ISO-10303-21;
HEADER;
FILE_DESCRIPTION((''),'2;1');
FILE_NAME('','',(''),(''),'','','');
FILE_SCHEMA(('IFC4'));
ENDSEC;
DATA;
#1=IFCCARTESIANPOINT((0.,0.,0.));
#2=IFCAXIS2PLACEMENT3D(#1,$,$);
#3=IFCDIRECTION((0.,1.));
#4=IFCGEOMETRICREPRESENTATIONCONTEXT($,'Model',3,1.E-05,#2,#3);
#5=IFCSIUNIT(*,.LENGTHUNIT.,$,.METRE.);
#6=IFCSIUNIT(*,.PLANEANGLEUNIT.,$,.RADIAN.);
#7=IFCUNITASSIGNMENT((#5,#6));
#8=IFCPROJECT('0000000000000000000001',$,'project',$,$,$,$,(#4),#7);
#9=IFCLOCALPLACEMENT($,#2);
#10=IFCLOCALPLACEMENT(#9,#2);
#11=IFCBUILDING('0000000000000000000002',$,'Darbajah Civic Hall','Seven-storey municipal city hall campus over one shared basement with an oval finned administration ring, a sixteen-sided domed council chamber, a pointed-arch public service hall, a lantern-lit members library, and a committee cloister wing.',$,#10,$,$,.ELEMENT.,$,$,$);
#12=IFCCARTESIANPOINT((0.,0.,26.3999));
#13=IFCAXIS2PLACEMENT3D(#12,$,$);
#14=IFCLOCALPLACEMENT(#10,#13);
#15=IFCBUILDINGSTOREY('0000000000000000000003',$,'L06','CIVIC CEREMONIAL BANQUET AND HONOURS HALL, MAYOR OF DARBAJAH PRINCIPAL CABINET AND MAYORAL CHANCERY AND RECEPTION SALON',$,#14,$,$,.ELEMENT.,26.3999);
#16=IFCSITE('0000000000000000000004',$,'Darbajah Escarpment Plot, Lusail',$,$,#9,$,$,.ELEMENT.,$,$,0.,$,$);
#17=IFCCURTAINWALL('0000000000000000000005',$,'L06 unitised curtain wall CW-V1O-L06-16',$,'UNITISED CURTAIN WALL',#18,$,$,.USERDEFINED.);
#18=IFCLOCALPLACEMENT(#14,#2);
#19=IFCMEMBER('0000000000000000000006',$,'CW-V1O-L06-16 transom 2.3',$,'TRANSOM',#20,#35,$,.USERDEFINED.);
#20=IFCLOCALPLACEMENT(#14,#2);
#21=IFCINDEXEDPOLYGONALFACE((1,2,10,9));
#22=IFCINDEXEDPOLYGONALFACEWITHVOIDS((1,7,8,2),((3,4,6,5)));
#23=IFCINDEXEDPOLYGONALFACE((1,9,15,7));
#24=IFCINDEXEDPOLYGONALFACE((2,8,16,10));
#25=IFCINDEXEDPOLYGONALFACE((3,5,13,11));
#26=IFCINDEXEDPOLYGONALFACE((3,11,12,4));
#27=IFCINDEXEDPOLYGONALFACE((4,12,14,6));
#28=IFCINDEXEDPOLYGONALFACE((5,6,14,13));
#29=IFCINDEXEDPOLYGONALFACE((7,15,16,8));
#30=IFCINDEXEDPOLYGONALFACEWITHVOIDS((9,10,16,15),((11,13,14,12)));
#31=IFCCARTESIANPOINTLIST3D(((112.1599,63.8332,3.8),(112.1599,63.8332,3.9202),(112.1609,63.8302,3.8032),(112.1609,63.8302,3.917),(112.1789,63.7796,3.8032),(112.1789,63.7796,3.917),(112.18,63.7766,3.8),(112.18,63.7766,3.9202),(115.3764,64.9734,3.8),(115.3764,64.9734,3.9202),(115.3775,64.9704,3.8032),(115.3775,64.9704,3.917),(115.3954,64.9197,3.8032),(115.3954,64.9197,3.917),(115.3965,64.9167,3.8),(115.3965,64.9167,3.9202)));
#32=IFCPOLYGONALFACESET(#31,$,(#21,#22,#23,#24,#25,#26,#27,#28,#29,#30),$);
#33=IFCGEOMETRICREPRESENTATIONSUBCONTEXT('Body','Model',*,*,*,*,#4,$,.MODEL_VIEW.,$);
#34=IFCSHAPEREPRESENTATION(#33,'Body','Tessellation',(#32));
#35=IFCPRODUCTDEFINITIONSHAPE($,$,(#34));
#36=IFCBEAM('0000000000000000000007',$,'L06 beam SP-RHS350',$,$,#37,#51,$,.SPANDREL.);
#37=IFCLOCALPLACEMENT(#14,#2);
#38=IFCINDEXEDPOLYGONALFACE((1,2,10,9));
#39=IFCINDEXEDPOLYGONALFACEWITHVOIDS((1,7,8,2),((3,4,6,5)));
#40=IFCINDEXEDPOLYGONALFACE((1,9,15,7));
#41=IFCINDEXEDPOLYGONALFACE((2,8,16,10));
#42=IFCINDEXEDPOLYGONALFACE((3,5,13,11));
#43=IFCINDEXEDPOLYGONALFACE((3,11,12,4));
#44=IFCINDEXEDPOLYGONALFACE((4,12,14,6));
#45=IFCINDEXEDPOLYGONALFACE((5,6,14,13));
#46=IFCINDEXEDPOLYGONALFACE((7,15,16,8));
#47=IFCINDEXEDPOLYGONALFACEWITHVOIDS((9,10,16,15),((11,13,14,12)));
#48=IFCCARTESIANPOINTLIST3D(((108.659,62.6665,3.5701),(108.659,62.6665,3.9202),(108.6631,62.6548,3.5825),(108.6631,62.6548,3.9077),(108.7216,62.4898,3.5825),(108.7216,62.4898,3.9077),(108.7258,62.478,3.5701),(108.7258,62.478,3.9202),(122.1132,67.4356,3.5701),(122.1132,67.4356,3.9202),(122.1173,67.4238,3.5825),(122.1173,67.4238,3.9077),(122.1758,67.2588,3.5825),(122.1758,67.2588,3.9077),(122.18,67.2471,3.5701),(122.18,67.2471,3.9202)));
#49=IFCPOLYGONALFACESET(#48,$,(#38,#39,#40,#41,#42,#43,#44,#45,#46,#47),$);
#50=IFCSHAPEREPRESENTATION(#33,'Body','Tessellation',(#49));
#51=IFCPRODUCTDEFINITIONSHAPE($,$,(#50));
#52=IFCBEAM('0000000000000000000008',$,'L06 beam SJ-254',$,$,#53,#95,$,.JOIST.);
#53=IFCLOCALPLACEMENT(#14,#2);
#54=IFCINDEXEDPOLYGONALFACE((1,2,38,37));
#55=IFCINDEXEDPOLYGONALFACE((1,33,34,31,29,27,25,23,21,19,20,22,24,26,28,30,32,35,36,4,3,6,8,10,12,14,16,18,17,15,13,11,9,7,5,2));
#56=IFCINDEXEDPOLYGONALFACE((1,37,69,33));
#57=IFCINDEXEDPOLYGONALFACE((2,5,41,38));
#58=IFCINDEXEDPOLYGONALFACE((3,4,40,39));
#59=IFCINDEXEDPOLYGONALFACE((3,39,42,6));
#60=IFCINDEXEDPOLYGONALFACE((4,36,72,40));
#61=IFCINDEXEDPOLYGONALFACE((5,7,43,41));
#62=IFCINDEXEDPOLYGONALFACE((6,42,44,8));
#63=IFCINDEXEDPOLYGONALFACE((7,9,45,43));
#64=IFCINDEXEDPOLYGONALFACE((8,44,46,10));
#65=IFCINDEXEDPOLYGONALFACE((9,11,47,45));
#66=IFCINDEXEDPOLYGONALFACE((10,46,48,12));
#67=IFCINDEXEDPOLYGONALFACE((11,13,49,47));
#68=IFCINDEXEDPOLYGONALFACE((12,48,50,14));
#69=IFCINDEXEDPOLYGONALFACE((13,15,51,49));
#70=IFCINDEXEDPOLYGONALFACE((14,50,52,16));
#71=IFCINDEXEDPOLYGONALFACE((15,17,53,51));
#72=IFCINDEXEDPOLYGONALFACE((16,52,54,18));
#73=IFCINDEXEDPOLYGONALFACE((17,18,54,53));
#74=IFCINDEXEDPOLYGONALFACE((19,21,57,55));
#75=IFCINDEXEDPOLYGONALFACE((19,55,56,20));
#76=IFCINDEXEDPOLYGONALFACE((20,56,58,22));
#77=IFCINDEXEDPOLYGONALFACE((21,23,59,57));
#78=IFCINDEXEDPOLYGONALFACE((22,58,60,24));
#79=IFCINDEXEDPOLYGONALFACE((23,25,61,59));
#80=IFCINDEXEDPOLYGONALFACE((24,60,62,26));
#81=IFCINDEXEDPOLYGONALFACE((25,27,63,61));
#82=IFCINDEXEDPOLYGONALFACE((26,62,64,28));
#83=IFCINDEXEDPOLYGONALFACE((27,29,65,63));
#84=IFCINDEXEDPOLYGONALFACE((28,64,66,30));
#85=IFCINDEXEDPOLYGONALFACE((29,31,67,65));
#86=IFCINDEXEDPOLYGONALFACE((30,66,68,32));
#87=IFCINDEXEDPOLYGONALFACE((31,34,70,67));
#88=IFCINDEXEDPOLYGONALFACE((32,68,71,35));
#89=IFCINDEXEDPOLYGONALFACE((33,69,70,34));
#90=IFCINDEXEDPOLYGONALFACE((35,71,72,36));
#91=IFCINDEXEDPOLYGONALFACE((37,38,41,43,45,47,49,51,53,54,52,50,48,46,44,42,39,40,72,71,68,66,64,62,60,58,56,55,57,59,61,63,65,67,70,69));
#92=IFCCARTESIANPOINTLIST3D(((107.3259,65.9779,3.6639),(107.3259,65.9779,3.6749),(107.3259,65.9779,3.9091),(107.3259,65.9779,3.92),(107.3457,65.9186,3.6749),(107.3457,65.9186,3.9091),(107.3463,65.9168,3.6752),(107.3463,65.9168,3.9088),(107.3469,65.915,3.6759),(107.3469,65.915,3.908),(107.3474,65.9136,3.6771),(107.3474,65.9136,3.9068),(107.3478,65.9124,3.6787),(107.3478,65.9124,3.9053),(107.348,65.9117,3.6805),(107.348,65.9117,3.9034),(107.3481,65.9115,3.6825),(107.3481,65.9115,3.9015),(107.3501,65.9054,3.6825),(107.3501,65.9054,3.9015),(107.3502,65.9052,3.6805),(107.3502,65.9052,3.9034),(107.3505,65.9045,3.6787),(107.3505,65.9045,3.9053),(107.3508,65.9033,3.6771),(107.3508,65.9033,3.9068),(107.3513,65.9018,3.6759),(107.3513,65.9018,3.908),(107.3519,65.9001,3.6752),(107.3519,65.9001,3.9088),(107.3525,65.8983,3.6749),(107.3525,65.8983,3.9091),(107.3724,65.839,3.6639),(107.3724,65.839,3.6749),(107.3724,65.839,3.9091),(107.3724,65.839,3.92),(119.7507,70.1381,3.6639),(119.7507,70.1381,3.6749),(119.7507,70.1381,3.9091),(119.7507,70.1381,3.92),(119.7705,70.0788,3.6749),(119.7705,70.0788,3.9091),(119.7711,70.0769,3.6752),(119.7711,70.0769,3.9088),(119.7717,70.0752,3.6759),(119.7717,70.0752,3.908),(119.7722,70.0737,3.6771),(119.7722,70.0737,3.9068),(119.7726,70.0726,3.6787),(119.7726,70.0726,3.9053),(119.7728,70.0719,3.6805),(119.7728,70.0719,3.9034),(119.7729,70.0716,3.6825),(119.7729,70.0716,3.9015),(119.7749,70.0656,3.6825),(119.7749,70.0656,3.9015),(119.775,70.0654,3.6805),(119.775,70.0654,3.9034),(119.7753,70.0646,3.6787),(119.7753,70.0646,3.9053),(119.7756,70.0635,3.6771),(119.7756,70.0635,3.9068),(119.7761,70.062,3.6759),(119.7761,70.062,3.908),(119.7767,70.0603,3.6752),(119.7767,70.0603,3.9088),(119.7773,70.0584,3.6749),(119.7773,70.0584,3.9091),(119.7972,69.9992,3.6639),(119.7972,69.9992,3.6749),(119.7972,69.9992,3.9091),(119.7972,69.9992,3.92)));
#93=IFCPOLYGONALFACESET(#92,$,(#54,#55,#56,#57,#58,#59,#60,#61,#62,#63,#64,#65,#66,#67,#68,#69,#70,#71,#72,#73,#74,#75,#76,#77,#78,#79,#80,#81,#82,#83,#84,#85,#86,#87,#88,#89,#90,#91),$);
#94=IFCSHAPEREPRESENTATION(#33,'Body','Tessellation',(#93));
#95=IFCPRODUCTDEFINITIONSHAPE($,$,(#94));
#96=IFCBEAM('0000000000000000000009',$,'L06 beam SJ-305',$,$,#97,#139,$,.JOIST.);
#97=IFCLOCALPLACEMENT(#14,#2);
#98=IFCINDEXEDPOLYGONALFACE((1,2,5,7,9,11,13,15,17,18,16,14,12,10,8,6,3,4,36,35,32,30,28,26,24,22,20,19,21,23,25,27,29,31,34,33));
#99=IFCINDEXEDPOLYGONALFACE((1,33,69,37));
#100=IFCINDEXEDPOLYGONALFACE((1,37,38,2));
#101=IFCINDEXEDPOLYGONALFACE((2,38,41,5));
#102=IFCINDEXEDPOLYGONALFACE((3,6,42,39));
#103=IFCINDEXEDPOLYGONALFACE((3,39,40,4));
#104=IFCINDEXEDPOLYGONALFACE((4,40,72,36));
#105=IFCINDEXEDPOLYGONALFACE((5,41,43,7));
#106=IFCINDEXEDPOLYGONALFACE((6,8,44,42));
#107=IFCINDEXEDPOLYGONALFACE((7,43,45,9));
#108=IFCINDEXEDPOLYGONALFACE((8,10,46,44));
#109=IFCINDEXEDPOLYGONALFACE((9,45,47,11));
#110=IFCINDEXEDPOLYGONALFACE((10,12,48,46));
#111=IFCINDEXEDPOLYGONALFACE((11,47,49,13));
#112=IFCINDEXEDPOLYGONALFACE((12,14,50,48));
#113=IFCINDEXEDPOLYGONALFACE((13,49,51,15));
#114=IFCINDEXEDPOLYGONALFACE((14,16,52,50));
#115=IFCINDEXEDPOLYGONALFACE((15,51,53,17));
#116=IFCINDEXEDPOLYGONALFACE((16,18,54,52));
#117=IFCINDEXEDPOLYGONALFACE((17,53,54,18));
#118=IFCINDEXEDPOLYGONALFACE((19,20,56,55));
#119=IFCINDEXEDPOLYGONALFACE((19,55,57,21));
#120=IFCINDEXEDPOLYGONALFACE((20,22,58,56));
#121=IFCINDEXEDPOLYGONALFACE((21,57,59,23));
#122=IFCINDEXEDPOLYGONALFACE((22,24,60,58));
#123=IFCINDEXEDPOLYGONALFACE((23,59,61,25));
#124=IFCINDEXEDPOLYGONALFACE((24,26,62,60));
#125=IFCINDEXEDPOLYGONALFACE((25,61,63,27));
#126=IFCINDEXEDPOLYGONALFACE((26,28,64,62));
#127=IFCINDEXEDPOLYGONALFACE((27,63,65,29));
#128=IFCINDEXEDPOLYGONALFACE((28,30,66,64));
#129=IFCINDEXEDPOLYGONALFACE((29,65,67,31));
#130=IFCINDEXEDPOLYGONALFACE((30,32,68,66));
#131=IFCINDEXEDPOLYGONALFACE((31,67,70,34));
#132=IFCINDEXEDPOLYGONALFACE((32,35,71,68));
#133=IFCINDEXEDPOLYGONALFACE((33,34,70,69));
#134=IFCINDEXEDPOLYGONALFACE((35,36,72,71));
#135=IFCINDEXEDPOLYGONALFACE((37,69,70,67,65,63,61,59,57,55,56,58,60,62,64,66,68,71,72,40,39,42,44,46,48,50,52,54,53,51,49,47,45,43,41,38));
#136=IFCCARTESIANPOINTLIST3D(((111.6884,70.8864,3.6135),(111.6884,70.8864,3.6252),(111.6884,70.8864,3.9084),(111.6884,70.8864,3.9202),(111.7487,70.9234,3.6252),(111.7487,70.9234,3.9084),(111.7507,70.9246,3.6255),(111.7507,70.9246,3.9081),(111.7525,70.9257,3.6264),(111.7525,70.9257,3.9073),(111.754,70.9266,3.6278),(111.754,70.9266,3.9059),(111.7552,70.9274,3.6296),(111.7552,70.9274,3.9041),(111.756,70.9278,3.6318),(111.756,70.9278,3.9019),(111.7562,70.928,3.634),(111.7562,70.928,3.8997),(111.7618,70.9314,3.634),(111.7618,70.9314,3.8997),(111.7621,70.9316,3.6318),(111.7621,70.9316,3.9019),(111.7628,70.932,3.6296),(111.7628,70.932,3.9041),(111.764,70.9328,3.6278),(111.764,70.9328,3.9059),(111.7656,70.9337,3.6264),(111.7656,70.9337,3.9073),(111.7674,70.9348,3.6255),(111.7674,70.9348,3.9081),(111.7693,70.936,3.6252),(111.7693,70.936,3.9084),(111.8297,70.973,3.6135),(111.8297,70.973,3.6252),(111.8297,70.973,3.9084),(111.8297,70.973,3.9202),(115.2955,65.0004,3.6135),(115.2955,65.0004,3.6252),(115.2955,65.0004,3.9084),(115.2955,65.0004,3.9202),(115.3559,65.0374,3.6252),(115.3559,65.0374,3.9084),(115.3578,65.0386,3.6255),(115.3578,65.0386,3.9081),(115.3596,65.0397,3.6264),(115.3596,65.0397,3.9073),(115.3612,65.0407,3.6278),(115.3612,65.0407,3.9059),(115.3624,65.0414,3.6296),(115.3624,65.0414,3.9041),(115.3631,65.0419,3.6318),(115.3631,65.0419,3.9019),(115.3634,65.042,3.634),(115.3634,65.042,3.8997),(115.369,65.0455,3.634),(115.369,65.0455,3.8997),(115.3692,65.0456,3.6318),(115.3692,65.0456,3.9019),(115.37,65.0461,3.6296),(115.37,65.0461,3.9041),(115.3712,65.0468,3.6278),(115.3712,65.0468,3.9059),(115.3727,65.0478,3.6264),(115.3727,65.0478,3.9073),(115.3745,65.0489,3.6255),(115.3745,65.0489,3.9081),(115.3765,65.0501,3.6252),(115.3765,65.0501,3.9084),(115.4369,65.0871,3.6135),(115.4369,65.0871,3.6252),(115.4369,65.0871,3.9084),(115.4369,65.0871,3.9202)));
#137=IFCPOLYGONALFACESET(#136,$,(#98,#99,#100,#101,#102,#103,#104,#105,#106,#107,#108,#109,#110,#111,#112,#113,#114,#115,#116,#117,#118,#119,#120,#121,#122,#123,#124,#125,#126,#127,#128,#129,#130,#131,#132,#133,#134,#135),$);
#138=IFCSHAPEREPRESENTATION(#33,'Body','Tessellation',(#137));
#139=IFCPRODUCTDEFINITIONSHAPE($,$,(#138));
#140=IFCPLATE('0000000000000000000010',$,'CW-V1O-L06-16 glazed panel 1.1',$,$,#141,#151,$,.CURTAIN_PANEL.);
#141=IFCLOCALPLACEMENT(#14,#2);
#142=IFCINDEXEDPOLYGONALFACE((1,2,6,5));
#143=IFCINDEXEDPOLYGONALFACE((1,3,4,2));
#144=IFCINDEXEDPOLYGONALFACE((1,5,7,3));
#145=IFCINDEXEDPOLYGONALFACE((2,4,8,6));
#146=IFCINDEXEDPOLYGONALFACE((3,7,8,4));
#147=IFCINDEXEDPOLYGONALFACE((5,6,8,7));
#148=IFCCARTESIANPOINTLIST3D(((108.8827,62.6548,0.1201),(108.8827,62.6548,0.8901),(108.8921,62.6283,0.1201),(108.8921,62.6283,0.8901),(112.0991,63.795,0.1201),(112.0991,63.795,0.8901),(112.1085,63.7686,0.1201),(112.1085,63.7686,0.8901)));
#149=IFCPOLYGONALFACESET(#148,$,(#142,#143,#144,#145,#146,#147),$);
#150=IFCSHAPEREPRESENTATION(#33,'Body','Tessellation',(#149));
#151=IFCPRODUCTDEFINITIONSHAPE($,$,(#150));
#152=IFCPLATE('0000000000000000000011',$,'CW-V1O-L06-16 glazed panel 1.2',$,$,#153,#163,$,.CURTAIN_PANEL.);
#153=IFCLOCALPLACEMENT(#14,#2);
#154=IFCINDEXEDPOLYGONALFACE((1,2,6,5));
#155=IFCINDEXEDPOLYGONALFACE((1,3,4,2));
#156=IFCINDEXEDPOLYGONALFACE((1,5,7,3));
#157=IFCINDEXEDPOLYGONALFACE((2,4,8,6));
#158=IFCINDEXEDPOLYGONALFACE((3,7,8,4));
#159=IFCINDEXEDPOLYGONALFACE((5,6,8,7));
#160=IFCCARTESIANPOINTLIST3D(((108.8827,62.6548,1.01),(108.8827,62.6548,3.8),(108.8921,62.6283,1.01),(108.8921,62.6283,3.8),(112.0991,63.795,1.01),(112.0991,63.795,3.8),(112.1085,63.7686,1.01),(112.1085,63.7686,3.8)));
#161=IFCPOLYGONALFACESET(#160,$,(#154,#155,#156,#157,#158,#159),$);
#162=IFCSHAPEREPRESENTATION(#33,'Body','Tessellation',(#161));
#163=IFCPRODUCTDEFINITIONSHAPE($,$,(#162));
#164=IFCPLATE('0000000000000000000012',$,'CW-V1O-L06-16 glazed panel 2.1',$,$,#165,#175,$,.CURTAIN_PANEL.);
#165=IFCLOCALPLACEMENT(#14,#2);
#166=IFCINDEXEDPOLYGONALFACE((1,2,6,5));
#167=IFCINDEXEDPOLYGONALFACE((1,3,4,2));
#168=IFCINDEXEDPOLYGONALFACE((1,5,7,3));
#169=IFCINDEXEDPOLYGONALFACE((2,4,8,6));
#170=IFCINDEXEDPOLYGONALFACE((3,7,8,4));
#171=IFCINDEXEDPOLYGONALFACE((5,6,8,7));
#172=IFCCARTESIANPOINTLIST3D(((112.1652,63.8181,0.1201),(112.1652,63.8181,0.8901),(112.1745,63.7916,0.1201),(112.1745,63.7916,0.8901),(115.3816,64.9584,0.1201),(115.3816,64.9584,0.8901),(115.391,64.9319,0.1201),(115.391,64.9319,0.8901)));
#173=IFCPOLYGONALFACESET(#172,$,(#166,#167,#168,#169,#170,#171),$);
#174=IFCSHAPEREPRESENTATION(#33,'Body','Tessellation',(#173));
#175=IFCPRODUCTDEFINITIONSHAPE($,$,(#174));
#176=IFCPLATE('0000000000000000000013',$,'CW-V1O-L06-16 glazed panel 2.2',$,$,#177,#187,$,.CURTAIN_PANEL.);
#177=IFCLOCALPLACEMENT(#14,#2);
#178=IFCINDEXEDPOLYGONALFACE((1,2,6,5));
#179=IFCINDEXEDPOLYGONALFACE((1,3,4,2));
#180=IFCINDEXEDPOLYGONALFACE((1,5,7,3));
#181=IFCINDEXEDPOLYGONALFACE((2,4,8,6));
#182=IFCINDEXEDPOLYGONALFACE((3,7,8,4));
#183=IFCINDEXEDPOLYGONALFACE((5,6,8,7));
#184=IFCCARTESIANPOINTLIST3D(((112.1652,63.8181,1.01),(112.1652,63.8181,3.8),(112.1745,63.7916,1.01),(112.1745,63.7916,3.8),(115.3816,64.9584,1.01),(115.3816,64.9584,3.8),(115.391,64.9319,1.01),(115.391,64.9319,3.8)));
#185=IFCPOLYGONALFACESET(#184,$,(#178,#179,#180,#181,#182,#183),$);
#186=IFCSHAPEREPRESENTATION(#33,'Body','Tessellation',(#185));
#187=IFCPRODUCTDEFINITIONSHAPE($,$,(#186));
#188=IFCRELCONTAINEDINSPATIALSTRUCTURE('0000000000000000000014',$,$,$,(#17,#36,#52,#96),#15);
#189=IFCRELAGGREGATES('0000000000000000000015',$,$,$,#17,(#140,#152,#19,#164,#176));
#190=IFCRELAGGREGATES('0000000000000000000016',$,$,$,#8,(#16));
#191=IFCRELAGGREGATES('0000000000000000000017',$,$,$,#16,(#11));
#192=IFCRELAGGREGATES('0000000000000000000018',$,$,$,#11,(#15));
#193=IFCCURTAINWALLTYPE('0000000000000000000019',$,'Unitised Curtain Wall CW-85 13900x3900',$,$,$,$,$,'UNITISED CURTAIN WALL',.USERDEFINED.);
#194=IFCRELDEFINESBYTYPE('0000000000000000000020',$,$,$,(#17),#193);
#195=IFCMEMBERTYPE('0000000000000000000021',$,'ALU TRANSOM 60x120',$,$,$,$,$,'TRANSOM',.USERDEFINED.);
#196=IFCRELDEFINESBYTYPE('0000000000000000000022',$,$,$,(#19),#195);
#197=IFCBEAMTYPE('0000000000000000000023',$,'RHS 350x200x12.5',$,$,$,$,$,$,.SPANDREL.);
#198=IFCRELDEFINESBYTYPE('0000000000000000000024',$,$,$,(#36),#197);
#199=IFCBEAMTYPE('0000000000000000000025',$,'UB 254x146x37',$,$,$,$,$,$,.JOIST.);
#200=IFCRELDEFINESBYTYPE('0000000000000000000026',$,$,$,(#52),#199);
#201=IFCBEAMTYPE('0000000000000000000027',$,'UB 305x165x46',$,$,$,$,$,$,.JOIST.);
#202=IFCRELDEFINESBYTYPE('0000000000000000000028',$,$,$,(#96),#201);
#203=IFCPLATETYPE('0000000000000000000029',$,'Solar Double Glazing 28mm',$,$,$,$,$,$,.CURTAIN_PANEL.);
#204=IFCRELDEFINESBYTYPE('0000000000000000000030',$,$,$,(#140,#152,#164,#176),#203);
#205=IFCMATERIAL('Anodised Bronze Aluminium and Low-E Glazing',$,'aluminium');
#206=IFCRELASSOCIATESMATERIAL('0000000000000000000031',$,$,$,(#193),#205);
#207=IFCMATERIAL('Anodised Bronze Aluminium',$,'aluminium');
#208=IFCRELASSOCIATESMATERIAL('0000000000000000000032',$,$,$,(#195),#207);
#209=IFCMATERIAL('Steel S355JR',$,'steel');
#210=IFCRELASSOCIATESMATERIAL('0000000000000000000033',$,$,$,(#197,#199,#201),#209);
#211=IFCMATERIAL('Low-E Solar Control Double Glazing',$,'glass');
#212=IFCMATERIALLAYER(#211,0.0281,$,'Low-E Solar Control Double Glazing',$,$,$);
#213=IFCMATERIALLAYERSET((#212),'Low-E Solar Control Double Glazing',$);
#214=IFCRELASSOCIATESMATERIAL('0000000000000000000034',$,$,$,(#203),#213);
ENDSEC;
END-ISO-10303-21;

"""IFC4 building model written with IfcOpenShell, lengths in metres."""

from ifc_helpers import new_model, si_unit, direction, frame, origin, origin_2d, place, context, subcontext, project, spatial, rectangle, hollow_rectangle, i_section, extrude, material, layer, layer_set, material_profile, profile_set, type_object, element, aggregate, save


model = new_model("IFC4")

# Units and contexts
model_context = context("Model", 3, precision=1e-05, world=origin(), true_north=direction((0.0, 1.0)))
body_context = subcontext(model_context, "Body", "Model", "MODEL_VIEW")
ifc_project = project(units=[si_unit("LENGTHUNIT", "METRE"), si_unit("PLANEANGLEUNIT", "RADIAN")], contexts=[model_context])

# Site, building, storey
site_placement = place(None, origin())
site = spatial("IfcSite", under=ifc_project, at=site_placement, Name="Darbajah Escarpment Plot, Lusail", CompositionType="ELEMENT", RefElevation=0.0)
building_placement = place(site_placement, origin())
building = spatial("IfcBuilding", under=site, at=building_placement, Name="Darbajah Civic Hall", Description="Seven-storey municipal city hall campus over one shared basement with an oval finned administration ring, a sixteen-sided domed council chamber, a pointed-arch public service hall, a lantern-lit members library, and a committee cloister wing.", CompositionType="ELEMENT")
storey_placement = place(building_placement, frame((0.0, 0.0, 26.3999)))
storey = spatial("IfcBuildingStorey", under=building, at=storey_placement, Name="L06", Description="CIVIC CEREMONIAL BANQUET AND HONOURS HALL, MAYOR OF DARBAJAH PRINCIPAL CABINET AND MAYORAL CHANCERY AND RECEPTION SALON", CompositionType="ELEMENT", Elevation=26.3999)

# Curtain wall
ifc_material_1 = material(Name="Anodised Bronze Aluminium and Low-E Glazing", Category="aluminium")
curtain_wall_type_1 = type_object("IfcCurtainWallType", Name="Unitised Curtain Wall CW-85 13900x3900", ElementType="UNITISED CURTAIN WALL", PredefinedType="USERDEFINED", material=ifc_material_1)
curtain_wall_1_placement = place(storey_placement, origin())
curtain_wall_1 = element("IfcCurtainWall", 1, at=curtain_wall_1_placement, inside=storey, type_object=curtain_wall_type_1, Name="L06 unitised curtain wall CW-V1O-L06-16", ObjectType="UNITISED CURTAIN WALL", PredefinedType="USERDEFINED")
ifc_material_2 = material(Name="Anodised Bronze Aluminium", Category="aluminium")

# Member
ifc_material_profile_1 = material_profile(ifc_material_2, hollow_rectangle(XDim=0.0601, YDim=0.1201, WallThickness=0.0032, at=origin_2d()), Name="ALU TRANSOM 60x120")
ifc_profile_set_1 = profile_set([ifc_material_profile_1], Name="Anodised Bronze Aluminium")
member_type_1 = type_object("IfcMemberType", Name="ALU TRANSOM 60x120", ElementType="TRANSOM", PredefinedType="USERDEFINED", material=ifc_profile_set_1)
member_1_placement = place(storey_placement, frame((112.1699, 63.8049, 3.8601), z_axis=(0.94254, 0.334092, 0.0), x_axis=(-0.334092, 0.94254, 0.0)))
member_1 = element("IfcMember", 2, at=member_1_placement, type_object=member_type_1, Name="CW-V1O-L06-16 transom 2.3", ObjectType="TRANSOM", PredefinedType="USERDEFINED", context=body_context, shape_type="SweptSolid", body=[
    extrude(hollow_rectangle(XDim=0.0601, YDim=0.1201, WallThickness=0.0032, at=origin_2d()), origin(), (0.0, 0.0, 1.0), 3.4126),
])

# Beams
ifc_material_3 = material(Name="Steel S355JR", Category="steel")
ifc_material_profile_2 = material_profile(ifc_material_3, hollow_rectangle(XDim=0.2, YDim=0.3501, WallThickness=0.0125, at=origin_2d()), Name="RHS 350x200x12.5")
ifc_profile_set_2 = profile_set([ifc_material_profile_2], Name="Steel S355JR")
beam_type_1 = type_object("IfcBeamType", Name="RHS 350x200x12.5", PredefinedType="SPANDREL", material=ifc_profile_set_2)
beam_1_placement = place(storey_placement, frame((108.6924, 62.5723, 3.7451), z_axis=(0.942538, 0.334099, 0.0), x_axis=(-0.334099, 0.942538, 0.0)))
element("IfcBeam", 3, at=beam_1_placement, inside=storey, type_object=beam_type_1, Name="L06 beam SP-RHS350", PredefinedType="SPANDREL", context=body_context, shape_type="SweptSolid", body=[
    extrude(hollow_rectangle(XDim=0.2, YDim=0.3501, WallThickness=0.0125, at=origin_2d()), origin(), (0.0, 0.0, 1.0), 14.2744),
])
ifc_material_profile_3 = material_profile(ifc_material_3, i_section(OverallWidth=0.1465, OverallDepth=0.2561, WebThickness=0.0063, FlangeThickness=0.011, FilletRadius=0.0076, at=origin_2d()), Name="UB 254x146x37")
ifc_profile_set_3 = profile_set([ifc_material_profile_3], Name="Steel S355JR")
beam_type_2 = type_object("IfcBeamType", Name="UB 254x146x37", PredefinedType="JOIST", material=ifc_profile_set_3)
beam_2_placement = place(storey_placement, frame((107.3491, 65.9084, 3.792), z_axis=(0.948258, 0.317502, 0.0), x_axis=(-0.317502, 0.948258, 0.0)))
element("IfcBeam", 4, at=beam_2_placement, inside=storey, type_object=beam_type_2, Name="L06 beam SJ-254", PredefinedType="JOIST", context=body_context, shape_type="SweptSolid", body=[
    extrude(i_section(OverallWidth=0.1465, OverallDepth=0.2561, WebThickness=0.0063, FlangeThickness=0.011, FilletRadius=0.0076, at=origin_2d()), origin(), (0.0, 0.0, 1.0), 13.1028),
])
ifc_material_profile_4 = material_profile(ifc_material_3, i_section(OverallWidth=0.1658, OverallDepth=0.3066, WebThickness=0.0066, FlangeThickness=0.0117, FilletRadius=0.0088, at=origin_2d()), Name="UB 305x165x46")
ifc_profile_set_4 = profile_set([ifc_material_profile_4], Name="Steel S355JR")
beam_type_3 = type_object("IfcBeamType", Name="UB 305x165x46", PredefinedType="JOIST", material=ifc_profile_set_4)
beam_3_placement = place(storey_placement, frame((111.759, 70.9297, 3.7668), z_axis=(0.522524, -0.852625, 0.0), x_axis=(0.852625, 0.522524, 0.0)))
element("IfcBeam", 5, at=beam_3_placement, inside=storey, type_object=beam_type_3, Name="L06 beam SJ-305", PredefinedType="JOIST", context=body_context, shape_type="SweptSolid", body=[
    extrude(i_section(OverallWidth=0.1658, OverallDepth=0.3066, WebThickness=0.0066, FlangeThickness=0.0117, FilletRadius=0.0088, at=origin_2d()), origin(), (0.0, 0.0, 1.0), 6.9033),
])

# Plates
ifc_material_4 = material(Name="Low-E Solar Control Double Glazing", Category="glass")
ifc_layer_1 = layer(ifc_material_4, 0.0281, Name="Low-E Solar Control Double Glazing")
ifc_layer_set_1 = layer_set([ifc_layer_1], Name="Low-E Solar Control Double Glazing")
plate_type_1 = type_object("IfcPlateType", Name="Solar Double Glazing 28mm", PredefinedType="CURTAIN_PANEL", material=ifc_layer_set_1)
plate_1_placement = place(storey_placement, frame((110.4956, 63.2117, 0.1201), z_axis=(0.0, 0.0, 1.0), x_axis=(0.942525, 0.334136, 0.0)))
plate_1 = element("IfcPlate", 6, at=plate_1_placement, type_object=plate_type_1, Name="CW-V1O-L06-16 glazed panel 1.1", PredefinedType="CURTAIN_PANEL", context=body_context, shape_type="SweptSolid", body=[
    extrude(rectangle(XDim=3.4126, YDim=0.0281, at=origin_2d()), origin(), (0.0, 0.0, 1.0), 0.77),
])
plate_2_placement = place(storey_placement, frame((110.4956, 63.2117, 1.01), z_axis=(0.0, 0.0, 1.0), x_axis=(0.942525, 0.334136, 0.0)))
plate_2 = element("IfcPlate", 7, at=plate_2_placement, type_object=plate_type_1, Name="CW-V1O-L06-16 glazed panel 1.2", PredefinedType="CURTAIN_PANEL", context=body_context, shape_type="SweptSolid", body=[
    extrude(rectangle(XDim=3.4126, YDim=0.0281, at=origin_2d()), origin(), (0.0, 0.0, 1.0), 2.79),
])
plate_3_placement = place(storey_placement, frame((113.7781, 64.375, 0.1201), z_axis=(0.0, 0.0, 1.0), x_axis=(0.942525, 0.334136, 0.0)))
plate_3 = element("IfcPlate", 8, at=plate_3_placement, type_object=plate_type_1, Name="CW-V1O-L06-16 glazed panel 2.1", PredefinedType="CURTAIN_PANEL", context=body_context, shape_type="SweptSolid", body=[
    extrude(rectangle(XDim=3.4126, YDim=0.0281, at=origin_2d()), origin(), (0.0, 0.0, 1.0), 0.77),
])
plate_4_placement = place(storey_placement, frame((113.7781, 64.375, 1.01), z_axis=(0.0, 0.0, 1.0), x_axis=(0.942525, 0.334136, 0.0)))
plate_4 = element("IfcPlate", 9, at=plate_4_placement, type_object=plate_type_1, Name="CW-V1O-L06-16 glazed panel 2.2", PredefinedType="CURTAIN_PANEL", context=body_context, shape_type="SweptSolid", body=[
    extrude(rectangle(XDim=3.4126, YDim=0.0281, at=origin_2d()), origin(), (0.0, 0.0, 1.0), 2.79),
])
aggregate(curtain_wall_1, [plate_1, plate_2, member_1, plate_3, plate_4])

save(model, "model.ifc")
